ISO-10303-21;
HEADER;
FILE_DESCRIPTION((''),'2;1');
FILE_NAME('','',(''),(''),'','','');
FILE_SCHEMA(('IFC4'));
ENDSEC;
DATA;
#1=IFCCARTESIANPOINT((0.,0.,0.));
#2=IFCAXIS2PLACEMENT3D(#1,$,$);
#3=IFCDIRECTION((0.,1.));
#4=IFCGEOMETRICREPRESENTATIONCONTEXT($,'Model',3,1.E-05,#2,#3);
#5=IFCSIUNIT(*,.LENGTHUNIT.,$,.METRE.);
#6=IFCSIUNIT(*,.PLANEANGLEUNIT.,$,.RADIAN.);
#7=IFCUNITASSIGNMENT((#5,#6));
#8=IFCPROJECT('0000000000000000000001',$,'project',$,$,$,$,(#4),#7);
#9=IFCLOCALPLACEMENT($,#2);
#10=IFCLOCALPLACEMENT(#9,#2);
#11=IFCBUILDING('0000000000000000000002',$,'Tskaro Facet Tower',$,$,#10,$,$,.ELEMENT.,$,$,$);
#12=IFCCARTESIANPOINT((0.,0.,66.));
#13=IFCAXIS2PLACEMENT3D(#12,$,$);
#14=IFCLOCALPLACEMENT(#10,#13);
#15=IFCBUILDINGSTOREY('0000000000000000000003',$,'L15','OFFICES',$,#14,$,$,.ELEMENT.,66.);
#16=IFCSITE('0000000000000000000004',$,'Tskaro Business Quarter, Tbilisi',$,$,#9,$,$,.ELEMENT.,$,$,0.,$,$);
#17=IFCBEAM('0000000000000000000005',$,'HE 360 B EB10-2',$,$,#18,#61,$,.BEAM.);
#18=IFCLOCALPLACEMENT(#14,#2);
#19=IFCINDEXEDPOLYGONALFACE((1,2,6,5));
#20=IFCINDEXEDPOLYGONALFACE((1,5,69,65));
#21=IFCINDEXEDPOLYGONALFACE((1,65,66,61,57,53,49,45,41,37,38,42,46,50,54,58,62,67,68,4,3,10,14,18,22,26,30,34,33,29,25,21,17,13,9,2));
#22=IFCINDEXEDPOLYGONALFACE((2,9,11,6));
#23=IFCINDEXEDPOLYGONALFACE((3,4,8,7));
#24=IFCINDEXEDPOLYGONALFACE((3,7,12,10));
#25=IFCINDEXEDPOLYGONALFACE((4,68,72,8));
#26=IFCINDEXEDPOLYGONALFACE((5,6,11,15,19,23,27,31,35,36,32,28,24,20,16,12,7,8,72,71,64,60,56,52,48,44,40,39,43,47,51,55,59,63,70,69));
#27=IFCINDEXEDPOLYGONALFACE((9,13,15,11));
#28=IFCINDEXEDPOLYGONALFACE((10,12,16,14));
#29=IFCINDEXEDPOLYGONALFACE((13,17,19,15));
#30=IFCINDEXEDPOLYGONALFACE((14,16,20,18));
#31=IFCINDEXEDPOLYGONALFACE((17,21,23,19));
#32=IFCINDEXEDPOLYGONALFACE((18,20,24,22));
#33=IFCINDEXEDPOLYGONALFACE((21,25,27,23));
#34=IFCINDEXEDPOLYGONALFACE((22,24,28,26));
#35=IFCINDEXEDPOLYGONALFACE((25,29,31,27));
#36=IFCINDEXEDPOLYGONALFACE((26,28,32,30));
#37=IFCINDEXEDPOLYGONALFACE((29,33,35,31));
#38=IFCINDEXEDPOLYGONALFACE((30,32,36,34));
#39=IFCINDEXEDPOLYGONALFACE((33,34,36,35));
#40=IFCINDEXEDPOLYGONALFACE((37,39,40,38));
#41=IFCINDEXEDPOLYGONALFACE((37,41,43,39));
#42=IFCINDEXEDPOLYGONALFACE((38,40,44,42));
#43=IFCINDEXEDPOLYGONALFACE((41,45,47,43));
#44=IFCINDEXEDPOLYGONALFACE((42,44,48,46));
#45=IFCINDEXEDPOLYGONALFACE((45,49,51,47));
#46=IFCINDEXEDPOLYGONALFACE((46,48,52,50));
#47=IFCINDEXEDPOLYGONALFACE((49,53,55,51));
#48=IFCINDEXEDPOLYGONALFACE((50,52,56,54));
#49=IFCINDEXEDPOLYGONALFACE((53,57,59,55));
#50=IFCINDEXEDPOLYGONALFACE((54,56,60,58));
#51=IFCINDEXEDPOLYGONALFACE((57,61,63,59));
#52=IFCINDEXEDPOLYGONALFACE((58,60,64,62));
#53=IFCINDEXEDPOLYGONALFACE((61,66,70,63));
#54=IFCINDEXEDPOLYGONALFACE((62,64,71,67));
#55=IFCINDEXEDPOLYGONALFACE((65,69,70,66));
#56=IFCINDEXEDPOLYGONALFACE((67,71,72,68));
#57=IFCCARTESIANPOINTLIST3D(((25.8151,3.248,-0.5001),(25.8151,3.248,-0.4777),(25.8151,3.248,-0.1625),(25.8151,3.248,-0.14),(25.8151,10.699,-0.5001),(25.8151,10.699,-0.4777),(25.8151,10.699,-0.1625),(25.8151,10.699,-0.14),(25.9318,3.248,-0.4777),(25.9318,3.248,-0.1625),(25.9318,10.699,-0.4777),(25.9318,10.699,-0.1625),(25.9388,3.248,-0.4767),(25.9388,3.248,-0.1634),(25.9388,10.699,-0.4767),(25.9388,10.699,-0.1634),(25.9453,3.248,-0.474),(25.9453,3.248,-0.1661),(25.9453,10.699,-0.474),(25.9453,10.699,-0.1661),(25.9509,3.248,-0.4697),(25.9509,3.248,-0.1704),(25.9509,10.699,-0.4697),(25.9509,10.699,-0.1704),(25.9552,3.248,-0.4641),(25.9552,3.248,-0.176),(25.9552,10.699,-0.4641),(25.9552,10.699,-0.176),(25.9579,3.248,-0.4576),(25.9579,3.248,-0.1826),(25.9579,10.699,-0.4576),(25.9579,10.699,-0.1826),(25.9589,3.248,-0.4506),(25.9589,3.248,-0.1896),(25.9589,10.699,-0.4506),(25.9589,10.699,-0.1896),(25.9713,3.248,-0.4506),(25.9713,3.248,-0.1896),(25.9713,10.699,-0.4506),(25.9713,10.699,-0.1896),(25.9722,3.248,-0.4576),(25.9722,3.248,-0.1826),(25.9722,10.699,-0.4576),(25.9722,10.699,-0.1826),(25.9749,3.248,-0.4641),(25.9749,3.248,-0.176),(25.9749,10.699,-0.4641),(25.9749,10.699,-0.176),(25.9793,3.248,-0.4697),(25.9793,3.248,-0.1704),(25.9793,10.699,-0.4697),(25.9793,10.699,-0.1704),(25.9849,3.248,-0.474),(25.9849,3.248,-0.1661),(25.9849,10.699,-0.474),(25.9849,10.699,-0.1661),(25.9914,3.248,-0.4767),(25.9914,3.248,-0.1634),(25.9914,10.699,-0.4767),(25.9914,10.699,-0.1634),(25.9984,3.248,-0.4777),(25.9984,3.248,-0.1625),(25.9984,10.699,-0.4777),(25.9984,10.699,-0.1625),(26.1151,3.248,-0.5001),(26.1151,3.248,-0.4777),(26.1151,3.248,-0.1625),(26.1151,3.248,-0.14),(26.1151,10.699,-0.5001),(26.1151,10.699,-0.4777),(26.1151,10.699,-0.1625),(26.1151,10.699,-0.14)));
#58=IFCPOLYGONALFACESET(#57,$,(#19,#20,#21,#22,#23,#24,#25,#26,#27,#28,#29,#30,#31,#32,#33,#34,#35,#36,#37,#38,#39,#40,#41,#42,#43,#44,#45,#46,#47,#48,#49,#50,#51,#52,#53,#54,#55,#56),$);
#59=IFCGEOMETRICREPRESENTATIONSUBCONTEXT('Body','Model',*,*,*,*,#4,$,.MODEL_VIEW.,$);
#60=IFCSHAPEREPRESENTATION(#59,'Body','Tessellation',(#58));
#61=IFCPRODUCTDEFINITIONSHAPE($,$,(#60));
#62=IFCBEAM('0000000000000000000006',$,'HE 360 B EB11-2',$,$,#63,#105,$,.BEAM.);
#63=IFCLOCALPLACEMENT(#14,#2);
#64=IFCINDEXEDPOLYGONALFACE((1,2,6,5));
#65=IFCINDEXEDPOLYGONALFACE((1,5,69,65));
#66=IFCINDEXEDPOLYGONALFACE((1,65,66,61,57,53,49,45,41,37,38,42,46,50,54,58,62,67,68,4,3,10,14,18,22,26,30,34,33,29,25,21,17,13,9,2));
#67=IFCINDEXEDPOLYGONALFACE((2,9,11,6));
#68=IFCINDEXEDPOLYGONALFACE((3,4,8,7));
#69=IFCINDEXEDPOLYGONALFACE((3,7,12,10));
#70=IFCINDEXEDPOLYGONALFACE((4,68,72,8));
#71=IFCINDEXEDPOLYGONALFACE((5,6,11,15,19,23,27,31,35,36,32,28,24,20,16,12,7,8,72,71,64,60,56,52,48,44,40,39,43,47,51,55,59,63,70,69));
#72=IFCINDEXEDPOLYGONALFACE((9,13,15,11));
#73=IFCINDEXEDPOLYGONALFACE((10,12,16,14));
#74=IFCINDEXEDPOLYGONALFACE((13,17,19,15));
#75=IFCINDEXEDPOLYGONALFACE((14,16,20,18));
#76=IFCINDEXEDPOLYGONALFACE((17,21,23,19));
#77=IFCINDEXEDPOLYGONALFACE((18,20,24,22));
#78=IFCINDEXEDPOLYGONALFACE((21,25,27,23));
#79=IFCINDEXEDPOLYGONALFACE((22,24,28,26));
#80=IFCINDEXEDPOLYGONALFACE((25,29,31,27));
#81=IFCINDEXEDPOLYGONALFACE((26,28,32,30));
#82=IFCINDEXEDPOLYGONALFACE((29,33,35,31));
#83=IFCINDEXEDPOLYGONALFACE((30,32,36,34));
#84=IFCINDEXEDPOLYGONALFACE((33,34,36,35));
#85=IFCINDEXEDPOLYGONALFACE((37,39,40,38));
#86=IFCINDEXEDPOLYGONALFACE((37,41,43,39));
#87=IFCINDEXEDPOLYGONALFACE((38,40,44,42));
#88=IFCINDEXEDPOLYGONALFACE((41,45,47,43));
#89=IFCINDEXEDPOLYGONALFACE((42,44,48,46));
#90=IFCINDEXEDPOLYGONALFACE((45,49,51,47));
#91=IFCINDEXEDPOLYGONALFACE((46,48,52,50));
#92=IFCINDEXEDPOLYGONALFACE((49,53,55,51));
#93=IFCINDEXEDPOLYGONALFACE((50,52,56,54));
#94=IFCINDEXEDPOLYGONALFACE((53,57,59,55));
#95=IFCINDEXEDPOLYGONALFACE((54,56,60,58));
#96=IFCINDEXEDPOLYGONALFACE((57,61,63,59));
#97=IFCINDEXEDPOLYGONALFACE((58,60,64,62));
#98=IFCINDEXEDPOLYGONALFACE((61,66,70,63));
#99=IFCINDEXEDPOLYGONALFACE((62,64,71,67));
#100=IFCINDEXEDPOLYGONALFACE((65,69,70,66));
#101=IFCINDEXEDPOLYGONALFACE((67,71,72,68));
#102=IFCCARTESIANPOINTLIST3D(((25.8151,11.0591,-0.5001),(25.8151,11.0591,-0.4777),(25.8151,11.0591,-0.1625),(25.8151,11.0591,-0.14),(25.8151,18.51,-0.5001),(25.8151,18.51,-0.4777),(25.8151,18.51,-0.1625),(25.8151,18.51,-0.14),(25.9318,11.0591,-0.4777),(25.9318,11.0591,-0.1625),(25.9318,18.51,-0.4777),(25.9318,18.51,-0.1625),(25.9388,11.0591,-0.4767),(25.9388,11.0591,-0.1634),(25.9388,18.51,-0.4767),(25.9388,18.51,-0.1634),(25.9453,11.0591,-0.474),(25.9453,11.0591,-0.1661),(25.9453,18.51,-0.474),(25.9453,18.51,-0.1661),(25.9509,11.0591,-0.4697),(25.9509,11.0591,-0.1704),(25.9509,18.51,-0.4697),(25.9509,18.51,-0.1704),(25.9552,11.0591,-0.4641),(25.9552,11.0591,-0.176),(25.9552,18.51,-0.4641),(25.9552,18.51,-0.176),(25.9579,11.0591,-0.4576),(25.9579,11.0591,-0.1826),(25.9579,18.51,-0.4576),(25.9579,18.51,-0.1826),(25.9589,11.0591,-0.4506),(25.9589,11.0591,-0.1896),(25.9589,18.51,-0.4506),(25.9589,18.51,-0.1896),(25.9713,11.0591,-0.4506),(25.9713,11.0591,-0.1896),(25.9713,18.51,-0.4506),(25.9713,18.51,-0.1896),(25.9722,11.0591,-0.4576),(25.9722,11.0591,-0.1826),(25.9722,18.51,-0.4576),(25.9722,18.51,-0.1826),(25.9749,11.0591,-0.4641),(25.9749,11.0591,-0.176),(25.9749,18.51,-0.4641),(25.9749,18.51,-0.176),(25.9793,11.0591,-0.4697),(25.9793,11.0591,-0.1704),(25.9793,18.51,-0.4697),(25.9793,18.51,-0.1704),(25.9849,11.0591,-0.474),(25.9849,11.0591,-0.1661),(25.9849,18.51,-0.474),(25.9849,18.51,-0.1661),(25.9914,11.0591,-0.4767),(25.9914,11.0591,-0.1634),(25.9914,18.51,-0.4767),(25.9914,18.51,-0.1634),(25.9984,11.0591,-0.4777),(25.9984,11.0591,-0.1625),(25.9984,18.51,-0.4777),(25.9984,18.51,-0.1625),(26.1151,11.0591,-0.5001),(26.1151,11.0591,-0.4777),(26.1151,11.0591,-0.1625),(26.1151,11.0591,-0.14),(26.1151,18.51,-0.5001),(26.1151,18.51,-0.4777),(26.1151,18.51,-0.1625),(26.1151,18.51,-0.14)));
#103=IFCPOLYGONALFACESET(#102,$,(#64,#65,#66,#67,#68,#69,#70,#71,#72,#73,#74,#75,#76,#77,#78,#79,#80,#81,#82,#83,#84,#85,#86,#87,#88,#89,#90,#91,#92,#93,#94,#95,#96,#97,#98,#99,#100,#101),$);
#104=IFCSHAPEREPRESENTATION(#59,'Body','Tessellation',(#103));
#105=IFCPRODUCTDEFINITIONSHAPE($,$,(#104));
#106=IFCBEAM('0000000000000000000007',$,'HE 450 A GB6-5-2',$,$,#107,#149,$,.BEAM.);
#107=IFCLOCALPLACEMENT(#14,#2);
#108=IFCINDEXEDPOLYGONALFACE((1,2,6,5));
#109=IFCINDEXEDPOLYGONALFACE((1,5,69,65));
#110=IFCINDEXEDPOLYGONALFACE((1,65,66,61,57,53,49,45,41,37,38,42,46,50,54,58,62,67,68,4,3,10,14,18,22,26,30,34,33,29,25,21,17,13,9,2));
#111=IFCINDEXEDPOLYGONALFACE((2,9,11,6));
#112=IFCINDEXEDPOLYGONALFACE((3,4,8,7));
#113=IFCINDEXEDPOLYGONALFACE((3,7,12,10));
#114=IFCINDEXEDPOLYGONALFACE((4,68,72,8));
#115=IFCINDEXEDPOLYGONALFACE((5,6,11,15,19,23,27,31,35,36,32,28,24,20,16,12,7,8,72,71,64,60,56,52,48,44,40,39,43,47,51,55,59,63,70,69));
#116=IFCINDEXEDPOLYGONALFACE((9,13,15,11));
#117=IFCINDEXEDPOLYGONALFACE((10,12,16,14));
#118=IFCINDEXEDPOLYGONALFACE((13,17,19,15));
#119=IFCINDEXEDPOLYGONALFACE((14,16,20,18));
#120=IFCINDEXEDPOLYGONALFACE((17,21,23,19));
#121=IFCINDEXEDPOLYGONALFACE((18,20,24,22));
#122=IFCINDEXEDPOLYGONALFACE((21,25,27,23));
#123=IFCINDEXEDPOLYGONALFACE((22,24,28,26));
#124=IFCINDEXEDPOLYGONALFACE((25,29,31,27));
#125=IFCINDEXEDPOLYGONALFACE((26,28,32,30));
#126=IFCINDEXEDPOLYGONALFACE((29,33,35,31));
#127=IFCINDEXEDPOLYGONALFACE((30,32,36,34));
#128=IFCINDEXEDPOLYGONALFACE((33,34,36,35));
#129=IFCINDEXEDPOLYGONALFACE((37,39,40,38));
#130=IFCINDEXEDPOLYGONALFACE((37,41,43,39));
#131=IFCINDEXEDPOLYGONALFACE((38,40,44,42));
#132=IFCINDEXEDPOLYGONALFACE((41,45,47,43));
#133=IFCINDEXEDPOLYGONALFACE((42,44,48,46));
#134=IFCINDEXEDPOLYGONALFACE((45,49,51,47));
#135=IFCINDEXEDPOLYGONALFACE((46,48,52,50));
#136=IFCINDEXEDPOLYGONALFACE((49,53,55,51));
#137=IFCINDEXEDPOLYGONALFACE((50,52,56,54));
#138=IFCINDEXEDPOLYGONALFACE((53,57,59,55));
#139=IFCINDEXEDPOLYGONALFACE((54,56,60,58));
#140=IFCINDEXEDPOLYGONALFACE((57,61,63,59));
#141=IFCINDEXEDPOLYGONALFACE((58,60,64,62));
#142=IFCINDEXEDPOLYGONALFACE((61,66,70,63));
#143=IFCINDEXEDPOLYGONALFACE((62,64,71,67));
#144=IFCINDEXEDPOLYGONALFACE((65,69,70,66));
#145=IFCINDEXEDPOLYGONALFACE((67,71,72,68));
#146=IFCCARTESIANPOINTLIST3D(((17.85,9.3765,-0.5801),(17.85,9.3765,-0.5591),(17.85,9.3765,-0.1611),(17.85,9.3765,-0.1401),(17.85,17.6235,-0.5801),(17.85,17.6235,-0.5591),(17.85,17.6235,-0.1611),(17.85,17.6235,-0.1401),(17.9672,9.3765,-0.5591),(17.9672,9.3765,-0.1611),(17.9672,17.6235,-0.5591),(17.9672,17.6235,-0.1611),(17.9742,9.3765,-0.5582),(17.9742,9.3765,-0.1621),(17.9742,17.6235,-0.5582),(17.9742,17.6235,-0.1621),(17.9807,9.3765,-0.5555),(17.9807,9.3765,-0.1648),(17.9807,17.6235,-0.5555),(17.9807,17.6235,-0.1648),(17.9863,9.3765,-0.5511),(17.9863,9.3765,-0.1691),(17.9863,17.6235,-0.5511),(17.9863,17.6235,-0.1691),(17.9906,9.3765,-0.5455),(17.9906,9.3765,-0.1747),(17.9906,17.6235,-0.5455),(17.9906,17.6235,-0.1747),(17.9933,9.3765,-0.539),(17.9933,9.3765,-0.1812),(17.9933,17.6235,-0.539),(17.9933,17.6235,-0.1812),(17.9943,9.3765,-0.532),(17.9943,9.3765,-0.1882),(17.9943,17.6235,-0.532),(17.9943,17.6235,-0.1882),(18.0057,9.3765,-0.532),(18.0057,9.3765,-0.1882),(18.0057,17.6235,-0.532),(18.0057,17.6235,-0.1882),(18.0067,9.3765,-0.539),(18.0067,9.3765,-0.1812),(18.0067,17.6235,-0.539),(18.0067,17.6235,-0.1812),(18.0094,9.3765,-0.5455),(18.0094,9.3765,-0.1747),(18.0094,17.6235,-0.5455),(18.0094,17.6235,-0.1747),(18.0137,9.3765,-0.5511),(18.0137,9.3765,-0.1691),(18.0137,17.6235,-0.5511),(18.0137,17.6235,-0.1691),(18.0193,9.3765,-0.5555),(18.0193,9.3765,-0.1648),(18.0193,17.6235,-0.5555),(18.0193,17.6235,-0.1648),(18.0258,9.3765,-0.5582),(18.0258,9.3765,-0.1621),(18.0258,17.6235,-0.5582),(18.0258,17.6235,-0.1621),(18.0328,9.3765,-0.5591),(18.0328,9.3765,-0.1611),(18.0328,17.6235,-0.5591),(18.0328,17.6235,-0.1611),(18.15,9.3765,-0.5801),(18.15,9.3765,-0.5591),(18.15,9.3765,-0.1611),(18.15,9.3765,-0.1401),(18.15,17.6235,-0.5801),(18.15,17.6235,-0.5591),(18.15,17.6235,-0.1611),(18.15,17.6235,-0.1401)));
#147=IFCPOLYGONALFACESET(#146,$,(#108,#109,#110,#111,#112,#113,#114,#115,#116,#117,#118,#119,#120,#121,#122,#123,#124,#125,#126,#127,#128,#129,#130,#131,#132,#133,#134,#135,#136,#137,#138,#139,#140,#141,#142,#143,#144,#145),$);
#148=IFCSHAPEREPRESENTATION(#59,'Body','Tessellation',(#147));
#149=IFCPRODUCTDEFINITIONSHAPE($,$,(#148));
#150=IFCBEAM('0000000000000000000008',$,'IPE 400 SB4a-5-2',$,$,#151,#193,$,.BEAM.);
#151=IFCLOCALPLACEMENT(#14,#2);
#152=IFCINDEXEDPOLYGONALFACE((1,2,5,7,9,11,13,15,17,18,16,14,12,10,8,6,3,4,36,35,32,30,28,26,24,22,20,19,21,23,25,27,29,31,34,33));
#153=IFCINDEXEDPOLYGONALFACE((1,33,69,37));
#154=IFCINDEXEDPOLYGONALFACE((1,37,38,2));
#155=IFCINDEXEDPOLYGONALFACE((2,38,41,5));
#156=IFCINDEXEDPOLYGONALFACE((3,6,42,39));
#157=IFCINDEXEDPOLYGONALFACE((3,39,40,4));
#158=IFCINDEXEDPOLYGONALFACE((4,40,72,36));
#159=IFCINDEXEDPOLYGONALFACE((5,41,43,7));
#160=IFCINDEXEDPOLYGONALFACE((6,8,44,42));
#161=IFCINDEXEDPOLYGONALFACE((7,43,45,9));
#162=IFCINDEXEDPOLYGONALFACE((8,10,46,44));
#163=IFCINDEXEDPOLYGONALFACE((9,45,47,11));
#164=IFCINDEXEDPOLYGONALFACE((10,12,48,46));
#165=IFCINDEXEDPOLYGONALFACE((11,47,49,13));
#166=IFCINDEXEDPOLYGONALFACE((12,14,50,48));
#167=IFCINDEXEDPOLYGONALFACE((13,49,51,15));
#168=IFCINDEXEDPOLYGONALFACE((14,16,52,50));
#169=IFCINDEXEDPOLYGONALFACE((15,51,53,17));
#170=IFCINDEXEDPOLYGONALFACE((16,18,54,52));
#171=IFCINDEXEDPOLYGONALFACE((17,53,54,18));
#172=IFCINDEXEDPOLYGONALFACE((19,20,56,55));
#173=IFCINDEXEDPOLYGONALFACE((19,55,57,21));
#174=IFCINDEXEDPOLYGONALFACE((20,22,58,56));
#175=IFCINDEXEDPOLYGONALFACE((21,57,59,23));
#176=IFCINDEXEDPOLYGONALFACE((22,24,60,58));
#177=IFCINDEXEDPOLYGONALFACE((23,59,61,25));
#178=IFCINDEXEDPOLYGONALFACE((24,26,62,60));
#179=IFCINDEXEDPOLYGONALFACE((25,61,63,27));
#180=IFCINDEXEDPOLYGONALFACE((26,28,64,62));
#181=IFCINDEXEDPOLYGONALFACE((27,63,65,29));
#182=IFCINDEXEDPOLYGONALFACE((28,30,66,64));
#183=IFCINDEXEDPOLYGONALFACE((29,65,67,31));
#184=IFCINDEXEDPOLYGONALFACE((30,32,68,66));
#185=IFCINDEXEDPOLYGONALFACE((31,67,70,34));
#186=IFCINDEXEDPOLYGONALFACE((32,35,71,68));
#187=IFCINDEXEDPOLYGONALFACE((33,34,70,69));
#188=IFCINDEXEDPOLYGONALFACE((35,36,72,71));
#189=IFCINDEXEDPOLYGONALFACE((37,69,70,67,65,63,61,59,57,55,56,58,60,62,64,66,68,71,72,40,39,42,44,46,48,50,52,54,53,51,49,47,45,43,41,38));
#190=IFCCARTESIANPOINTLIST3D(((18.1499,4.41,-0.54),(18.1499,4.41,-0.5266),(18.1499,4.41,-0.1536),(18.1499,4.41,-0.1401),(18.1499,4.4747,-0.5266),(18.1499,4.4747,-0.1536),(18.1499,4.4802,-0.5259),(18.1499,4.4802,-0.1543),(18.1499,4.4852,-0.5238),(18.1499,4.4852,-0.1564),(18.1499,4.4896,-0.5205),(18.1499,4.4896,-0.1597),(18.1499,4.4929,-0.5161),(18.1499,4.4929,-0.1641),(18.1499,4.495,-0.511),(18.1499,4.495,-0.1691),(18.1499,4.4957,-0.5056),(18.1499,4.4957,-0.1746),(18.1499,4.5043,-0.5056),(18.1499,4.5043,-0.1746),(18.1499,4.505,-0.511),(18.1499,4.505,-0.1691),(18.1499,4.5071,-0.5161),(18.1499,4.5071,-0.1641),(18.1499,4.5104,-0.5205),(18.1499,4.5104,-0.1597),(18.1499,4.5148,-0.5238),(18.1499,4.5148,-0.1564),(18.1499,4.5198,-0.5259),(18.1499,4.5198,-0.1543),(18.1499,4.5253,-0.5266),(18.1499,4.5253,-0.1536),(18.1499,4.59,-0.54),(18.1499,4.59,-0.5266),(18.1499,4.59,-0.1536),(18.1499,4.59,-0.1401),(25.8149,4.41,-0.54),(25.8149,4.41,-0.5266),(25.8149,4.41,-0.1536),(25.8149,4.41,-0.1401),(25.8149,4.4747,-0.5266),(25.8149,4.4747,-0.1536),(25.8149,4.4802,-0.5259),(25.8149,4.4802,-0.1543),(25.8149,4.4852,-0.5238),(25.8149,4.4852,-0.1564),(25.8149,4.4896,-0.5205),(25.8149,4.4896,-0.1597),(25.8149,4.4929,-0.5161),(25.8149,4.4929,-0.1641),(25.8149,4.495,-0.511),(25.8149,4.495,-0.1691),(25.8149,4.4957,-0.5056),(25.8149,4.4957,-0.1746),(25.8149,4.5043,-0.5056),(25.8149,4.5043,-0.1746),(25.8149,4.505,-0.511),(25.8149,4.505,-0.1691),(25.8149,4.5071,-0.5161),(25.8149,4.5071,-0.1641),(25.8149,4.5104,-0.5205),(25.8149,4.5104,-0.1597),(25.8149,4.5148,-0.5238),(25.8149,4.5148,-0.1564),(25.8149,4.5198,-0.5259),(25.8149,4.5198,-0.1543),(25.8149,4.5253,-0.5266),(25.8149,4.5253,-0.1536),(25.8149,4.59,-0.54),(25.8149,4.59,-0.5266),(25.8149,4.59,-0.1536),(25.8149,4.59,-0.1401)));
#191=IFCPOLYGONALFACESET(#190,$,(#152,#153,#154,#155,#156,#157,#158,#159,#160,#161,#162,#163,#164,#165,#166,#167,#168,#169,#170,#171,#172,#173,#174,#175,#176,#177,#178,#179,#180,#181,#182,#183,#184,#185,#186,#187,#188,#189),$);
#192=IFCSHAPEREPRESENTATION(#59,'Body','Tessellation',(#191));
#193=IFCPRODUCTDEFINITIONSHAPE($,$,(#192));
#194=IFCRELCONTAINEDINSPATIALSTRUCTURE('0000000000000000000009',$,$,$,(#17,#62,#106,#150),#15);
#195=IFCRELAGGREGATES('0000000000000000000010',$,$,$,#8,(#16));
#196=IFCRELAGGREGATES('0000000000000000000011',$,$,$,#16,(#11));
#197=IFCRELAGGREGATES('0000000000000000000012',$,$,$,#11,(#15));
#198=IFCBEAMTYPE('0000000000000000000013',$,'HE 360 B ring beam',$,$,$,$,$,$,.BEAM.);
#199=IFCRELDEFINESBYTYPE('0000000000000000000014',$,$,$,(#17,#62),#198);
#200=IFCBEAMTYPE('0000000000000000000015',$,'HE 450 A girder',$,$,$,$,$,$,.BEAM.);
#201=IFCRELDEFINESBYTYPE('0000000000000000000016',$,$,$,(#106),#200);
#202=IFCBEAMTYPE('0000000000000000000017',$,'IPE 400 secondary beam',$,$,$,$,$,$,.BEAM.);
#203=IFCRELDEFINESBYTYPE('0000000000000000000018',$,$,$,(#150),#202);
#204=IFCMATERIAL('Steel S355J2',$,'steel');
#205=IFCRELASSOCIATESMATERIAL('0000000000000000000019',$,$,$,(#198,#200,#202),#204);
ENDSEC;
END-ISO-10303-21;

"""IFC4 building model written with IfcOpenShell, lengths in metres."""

from ifc_helpers import new_model, si_unit, direction, frame, origin, origin_2d, place, context, subcontext, project, spatial, i_section, extrude, material, material_profile, profile_set, type_object, element, save


model = new_model("IFC4")

# Units and contexts
model_context = context("Model", 3, precision=1e-05, world=origin(), true_north=direction((0.0, 1.0)))
body_context = subcontext(model_context, "Body", "Model", "MODEL_VIEW")
ifc_project = project(units=[si_unit("LENGTHUNIT", "METRE"), si_unit("PLANEANGLEUNIT", "RADIAN")], contexts=[model_context])

# Site, building, storey
site_placement = place(None, origin())
site = spatial("IfcSite", under=ifc_project, at=site_placement, Name="Tskaro Business Quarter, Tbilisi", CompositionType="ELEMENT", RefElevation=0.0)
building_placement = place(site_placement, origin())
building = spatial("IfcBuilding", under=site, at=building_placement, Name="Tskaro Facet Tower", CompositionType="ELEMENT")
storey_placement = place(building_placement, frame((0.0, 0.0, 66.0)))
storey = spatial("IfcBuildingStorey", under=building, at=storey_placement, Name="L15", Description="OFFICES", CompositionType="ELEMENT", Elevation=66.0)

# Beams
ifc_material_1 = material(Name="Steel S355J2", Category="steel")
ifc_material_profile_1 = material_profile(ifc_material_1, i_section(OverallWidth=0.3, OverallDepth=0.3601, WebThickness=0.0125, FlangeThickness=0.0225, FilletRadius=0.0271, at=origin_2d()), Name="HE 360 B")
ifc_profile_set_1 = profile_set([ifc_material_profile_1], Name="Steel S355J2")
beam_type_1 = type_object("IfcBeamType", Name="HE 360 B ring beam", PredefinedType="BEAM", material=ifc_profile_set_1)
for number, where, z_axis, x_axis, name in (
    (1, (25.9651, 3.248, -0.3201), (0.0, 1.0, 0.0), (-1.0, 0.0, 0.0), "HE 360 B EB10-2"),
    (2, (25.9651, 11.0591, -0.3201), (0.0, 1.0, 0.0), (-1.0, 0.0, 0.0), "HE 360 B EB11-2"),
):
    element("IfcBeam", number, at=place(storey_placement, frame(where, z_axis=z_axis, x_axis=x_axis)), inside=storey, type_object=beam_type_1, Name=name, PredefinedType="BEAM", context=body_context, shape_type="SweptSolid", body=[
        extrude(i_section(OverallWidth=0.3, OverallDepth=0.3601, WebThickness=0.0125, FlangeThickness=0.0225, FilletRadius=0.0271, at=origin_2d()), origin(), (0.0, 0.0, 1.0), 7.4509),
    ])
ifc_material_profile_2 = material_profile(ifc_material_1, i_section(OverallWidth=0.3, OverallDepth=0.4399, WebThickness=0.0115, FlangeThickness=0.021, FilletRadius=0.0271, at=origin_2d()), Name="HE 450 A")
ifc_profile_set_2 = profile_set([ifc_material_profile_2], Name="Steel S355J2")
beam_type_2 = type_object("IfcBeamType", Name="HE 450 A girder", PredefinedType="BEAM", material=ifc_profile_set_2)
beam_1_placement = place(storey_placement, frame((18.0, 9.3765, -0.3601), z_axis=(0.0, 1.0, 0.0), x_axis=(-1.0, 0.0, 0.0)))
element("IfcBeam", 3, at=beam_1_placement, inside=storey, type_object=beam_type_2, Name="HE 450 A GB6-5-2", PredefinedType="BEAM", context=body_context, shape_type="SweptSolid", body=[
    extrude(i_section(OverallWidth=0.3, OverallDepth=0.4399, WebThickness=0.0115, FlangeThickness=0.021, FilletRadius=0.0271, at=origin_2d()), origin(), (0.0, 0.0, 1.0), 8.2471),
])
ifc_material_profile_3 = material_profile(ifc_material_1, i_section(OverallWidth=0.1799, OverallDepth=0.3999, WebThickness=0.0085, FlangeThickness=0.0134, FilletRadius=0.021, at=origin_2d()), Name="IPE 400")
ifc_profile_set_3 = profile_set([ifc_material_profile_3], Name="Steel S355J2")
beam_type_3 = type_object("IfcBeamType", Name="IPE 400 secondary beam", PredefinedType="BEAM", material=ifc_profile_set_3)
beam_2_placement = place(storey_placement, frame((18.1499, 4.5, -0.3401), z_axis=(1.0, 0.0, 0.0), x_axis=(0.0, 1.0, 0.0)))
element("IfcBeam", 4, at=beam_2_placement, inside=storey, type_object=beam_type_3, Name="IPE 400 SB4a-5-2", PredefinedType="BEAM", context=body_context, shape_type="SweptSolid", body=[
    extrude(i_section(OverallWidth=0.1799, OverallDepth=0.3999, WebThickness=0.0085, FlangeThickness=0.0134, FilletRadius=0.021, at=origin_2d()), origin(), (0.0, 0.0, 1.0), 7.665),
])

save(model, "model.ifc")
